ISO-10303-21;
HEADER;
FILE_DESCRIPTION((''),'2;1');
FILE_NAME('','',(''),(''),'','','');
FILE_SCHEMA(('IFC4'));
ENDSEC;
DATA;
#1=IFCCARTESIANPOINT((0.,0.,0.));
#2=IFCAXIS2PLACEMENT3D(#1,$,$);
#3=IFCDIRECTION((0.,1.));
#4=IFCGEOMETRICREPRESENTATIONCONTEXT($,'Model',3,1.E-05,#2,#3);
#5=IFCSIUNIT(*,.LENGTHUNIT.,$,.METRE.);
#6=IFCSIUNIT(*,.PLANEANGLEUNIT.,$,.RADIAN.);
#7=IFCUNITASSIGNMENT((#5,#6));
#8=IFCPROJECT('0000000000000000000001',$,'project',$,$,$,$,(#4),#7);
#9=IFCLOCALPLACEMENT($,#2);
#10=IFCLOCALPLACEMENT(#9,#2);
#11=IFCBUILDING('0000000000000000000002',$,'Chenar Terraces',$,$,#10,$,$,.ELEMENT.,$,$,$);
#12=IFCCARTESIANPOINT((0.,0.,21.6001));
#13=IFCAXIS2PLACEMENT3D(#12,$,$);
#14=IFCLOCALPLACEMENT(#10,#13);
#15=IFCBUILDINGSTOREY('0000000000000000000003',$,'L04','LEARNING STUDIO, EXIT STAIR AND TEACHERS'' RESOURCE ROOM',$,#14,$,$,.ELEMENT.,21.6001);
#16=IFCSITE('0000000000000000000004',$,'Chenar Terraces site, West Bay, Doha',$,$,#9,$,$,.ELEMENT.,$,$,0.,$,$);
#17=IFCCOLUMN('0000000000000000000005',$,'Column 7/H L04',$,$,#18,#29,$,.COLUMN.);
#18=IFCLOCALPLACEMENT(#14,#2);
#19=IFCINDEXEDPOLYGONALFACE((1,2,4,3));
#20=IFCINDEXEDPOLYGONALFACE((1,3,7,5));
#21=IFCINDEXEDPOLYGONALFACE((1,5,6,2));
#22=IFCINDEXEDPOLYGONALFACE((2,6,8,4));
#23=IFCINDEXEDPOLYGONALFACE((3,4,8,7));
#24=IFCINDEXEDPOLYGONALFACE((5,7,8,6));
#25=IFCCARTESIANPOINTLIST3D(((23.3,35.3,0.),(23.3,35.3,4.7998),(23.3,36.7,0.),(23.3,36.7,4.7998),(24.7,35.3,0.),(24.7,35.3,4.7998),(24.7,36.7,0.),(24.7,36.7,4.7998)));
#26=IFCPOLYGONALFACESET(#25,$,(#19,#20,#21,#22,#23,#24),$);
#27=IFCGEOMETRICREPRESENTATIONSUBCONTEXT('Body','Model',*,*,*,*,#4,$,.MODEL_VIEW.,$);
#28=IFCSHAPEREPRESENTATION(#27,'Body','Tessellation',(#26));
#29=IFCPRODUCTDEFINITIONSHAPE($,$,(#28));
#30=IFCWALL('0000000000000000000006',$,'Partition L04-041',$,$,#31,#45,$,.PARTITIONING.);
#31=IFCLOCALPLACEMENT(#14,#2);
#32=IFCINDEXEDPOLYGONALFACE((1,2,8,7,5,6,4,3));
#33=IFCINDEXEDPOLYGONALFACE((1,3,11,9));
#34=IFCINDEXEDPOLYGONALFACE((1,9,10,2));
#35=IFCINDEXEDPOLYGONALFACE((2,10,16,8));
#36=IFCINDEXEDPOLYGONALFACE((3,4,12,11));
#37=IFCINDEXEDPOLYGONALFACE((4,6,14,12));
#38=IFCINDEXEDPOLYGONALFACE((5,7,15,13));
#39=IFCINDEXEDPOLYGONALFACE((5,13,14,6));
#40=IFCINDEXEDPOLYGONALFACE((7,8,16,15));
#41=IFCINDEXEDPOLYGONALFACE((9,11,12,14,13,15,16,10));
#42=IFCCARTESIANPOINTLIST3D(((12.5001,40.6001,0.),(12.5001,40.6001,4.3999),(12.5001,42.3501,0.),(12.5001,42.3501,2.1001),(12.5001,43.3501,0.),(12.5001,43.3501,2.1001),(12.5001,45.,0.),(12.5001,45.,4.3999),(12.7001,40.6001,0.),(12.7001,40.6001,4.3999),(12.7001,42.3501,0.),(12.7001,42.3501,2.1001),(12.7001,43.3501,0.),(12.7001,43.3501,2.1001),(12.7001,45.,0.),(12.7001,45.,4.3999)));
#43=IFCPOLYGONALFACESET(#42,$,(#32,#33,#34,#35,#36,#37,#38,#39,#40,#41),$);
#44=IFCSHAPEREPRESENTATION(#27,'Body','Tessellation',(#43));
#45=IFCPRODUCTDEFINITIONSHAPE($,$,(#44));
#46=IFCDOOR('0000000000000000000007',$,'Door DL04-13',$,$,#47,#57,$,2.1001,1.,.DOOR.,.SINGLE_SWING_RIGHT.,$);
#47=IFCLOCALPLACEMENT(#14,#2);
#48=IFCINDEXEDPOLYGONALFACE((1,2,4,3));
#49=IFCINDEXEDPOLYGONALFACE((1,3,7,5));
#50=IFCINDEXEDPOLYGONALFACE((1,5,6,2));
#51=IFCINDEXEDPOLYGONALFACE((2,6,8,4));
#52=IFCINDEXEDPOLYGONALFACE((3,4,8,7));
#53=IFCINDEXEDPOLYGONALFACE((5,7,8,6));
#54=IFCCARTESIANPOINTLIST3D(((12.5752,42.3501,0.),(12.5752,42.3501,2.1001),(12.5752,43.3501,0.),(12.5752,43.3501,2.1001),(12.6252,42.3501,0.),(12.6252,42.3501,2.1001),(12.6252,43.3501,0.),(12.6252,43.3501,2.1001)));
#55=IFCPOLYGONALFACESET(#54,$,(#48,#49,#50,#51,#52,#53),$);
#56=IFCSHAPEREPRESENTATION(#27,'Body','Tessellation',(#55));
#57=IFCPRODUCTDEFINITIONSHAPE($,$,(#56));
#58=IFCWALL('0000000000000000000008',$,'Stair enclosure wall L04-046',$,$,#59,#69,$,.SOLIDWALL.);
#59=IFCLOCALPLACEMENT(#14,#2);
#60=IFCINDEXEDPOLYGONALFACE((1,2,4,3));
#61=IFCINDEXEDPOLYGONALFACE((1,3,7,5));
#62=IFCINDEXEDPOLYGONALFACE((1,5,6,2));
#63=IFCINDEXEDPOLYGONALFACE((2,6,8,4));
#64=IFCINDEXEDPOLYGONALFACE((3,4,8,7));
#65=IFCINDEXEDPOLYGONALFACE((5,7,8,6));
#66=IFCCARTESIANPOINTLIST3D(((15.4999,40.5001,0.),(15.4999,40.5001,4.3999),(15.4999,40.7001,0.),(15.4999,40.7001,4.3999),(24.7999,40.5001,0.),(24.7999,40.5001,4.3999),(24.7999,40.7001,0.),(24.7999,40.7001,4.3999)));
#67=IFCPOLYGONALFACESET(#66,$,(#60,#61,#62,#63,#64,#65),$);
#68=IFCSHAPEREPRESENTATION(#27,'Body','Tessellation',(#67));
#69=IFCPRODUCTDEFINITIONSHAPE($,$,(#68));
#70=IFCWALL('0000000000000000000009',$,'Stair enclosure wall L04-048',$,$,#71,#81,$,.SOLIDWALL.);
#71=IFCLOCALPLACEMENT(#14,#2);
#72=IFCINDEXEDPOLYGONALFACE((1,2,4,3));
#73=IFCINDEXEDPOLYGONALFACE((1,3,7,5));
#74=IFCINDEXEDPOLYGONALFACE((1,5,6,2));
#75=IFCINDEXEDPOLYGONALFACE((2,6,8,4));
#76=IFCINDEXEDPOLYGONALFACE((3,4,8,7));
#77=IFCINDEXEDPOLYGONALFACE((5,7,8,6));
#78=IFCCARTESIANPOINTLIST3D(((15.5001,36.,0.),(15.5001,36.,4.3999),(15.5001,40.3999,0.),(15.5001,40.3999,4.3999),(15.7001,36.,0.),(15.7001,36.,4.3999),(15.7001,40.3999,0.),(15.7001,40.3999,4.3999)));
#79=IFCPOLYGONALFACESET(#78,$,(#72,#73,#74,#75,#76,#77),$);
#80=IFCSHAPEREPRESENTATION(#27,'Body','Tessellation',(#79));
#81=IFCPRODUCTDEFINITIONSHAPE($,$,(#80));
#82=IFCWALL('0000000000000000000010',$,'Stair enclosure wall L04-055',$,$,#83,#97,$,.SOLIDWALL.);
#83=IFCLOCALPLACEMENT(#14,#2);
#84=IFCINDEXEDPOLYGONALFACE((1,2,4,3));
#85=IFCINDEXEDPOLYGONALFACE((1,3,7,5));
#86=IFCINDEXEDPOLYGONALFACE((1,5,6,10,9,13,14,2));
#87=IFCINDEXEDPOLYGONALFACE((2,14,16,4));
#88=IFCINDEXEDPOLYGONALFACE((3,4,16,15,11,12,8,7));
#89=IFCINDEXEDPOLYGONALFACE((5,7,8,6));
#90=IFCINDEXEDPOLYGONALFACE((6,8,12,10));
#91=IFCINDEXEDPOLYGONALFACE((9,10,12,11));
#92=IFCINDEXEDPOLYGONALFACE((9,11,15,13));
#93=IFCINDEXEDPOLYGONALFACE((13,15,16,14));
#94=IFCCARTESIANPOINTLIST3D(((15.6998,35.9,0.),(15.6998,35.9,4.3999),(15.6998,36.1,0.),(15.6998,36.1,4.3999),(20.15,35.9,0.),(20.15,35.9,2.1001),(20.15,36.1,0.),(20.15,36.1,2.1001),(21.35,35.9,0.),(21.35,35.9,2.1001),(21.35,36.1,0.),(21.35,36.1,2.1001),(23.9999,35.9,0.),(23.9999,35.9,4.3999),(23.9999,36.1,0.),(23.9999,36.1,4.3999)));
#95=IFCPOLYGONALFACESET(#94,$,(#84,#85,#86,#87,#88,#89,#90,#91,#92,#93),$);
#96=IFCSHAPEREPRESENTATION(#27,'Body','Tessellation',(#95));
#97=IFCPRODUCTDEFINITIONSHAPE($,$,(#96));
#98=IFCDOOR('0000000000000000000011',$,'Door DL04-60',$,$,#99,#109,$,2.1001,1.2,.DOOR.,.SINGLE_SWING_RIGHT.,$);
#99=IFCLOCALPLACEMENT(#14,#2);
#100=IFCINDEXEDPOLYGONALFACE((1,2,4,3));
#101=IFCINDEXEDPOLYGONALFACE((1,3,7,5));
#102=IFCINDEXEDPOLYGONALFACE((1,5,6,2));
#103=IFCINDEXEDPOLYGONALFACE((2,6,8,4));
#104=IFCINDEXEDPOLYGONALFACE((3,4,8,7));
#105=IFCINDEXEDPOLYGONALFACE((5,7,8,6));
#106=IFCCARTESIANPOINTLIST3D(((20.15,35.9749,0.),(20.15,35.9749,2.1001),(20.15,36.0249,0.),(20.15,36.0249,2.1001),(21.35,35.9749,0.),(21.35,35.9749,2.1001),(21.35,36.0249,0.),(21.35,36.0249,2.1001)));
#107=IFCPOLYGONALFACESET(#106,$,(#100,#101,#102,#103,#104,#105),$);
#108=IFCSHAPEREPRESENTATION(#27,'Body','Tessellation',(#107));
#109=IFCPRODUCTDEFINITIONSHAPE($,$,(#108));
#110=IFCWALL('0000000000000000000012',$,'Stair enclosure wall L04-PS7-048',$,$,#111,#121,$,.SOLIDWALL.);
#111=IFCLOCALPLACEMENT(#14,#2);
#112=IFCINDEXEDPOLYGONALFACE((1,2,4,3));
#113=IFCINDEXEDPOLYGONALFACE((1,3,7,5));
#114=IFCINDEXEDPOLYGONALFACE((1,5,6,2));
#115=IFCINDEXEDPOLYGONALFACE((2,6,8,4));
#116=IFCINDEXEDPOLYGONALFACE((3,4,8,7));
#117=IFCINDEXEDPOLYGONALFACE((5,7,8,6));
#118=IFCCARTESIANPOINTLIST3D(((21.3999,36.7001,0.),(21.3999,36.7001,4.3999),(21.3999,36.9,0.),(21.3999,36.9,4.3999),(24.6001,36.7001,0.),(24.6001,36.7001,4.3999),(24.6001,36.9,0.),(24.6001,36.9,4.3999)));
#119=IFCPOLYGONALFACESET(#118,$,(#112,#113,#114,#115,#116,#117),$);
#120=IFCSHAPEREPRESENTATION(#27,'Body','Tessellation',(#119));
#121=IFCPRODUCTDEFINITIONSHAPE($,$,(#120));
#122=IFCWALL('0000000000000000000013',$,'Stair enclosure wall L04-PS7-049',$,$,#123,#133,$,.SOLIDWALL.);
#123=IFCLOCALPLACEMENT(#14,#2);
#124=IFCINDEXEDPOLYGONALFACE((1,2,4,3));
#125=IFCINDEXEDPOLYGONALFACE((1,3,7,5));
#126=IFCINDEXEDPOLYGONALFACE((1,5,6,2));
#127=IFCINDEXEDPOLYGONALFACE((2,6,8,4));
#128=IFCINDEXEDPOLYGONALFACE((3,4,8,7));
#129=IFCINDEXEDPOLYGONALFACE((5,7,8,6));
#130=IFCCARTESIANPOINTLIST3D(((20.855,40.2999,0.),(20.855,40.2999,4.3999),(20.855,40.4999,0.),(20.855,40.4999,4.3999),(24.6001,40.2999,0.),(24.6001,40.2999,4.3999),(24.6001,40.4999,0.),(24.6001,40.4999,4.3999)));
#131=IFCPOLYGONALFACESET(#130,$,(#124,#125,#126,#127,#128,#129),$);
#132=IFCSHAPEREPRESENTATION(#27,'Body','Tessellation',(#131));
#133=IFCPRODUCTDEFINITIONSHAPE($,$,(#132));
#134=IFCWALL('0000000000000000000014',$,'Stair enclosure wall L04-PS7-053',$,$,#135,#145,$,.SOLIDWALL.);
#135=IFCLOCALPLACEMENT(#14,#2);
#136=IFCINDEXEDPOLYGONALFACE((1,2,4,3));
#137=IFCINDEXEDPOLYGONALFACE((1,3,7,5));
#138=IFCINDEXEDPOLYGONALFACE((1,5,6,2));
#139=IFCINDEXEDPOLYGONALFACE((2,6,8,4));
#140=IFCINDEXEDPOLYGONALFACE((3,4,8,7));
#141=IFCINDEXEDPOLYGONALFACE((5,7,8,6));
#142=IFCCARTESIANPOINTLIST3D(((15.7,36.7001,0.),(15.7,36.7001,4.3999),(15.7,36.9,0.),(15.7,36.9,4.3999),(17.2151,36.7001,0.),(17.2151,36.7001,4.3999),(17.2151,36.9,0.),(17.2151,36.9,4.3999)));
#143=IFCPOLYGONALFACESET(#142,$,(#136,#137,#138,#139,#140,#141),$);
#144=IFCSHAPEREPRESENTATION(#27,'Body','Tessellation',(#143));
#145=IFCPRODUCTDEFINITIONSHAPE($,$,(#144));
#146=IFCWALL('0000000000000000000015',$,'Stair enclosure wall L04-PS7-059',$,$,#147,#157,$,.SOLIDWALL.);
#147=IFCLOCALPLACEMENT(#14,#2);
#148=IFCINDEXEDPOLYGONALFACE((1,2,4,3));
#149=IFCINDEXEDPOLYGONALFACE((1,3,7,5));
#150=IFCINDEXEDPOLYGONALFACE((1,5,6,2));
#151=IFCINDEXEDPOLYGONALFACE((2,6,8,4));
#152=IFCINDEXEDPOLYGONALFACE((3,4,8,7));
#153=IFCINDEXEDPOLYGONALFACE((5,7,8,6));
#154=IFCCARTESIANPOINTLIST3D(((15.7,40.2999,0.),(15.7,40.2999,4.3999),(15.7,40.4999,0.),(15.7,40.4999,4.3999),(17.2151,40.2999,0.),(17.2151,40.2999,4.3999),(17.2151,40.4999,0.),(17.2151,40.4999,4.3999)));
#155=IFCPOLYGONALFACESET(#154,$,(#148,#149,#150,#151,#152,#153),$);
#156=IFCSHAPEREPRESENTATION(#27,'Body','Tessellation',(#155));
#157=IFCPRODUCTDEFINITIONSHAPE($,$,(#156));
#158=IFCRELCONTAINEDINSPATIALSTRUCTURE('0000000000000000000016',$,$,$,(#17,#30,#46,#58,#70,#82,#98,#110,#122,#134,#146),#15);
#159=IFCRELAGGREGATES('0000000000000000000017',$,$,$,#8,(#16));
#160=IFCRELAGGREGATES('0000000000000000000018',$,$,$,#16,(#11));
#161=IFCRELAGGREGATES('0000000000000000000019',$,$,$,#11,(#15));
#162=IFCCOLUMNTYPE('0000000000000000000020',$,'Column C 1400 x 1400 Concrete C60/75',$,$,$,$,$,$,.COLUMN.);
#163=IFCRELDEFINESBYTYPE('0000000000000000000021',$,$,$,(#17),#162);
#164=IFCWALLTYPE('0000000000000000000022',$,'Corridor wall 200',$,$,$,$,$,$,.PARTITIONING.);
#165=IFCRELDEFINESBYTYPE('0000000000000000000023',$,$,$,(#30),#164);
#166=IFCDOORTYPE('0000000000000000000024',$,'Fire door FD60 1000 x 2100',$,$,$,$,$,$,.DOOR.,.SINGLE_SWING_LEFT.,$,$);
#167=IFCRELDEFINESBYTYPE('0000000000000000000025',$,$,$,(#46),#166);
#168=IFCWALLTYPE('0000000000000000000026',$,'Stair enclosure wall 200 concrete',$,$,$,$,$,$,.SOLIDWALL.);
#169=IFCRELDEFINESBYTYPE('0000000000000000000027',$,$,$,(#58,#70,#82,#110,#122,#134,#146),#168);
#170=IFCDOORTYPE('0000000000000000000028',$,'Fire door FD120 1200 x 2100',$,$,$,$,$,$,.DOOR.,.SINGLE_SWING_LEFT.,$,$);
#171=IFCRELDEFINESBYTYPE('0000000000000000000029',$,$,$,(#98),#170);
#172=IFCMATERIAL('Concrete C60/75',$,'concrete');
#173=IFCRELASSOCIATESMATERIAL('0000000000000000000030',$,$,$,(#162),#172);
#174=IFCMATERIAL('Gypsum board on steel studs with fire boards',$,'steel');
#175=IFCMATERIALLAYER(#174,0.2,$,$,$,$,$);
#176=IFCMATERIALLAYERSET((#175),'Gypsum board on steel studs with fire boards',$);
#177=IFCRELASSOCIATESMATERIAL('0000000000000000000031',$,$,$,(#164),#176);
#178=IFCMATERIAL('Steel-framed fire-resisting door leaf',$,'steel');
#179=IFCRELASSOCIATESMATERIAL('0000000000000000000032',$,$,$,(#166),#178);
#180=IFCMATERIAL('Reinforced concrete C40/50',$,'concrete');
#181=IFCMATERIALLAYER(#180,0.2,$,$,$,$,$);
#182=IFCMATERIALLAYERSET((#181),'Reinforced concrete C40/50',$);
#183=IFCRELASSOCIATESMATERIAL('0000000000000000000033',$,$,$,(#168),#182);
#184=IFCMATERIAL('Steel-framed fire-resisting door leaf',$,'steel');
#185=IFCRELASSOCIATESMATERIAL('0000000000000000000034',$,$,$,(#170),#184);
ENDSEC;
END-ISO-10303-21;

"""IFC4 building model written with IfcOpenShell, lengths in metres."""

from ifc_helpers import new_model, si_unit, direction, frame, frame_2d, origin, origin_2d, place, context, subcontext, project, spatial, rectangle, extrude, material, layer, layer_set, material_profile, profile_set, type_object, element, fill, save


model = new_model("IFC4")

# Units and contexts
model_context = context("Model", 3, precision=1e-05, world=origin(), true_north=direction((0.0, 1.0)))
body_context = subcontext(model_context, "Body", "Model", "MODEL_VIEW")
ifc_project = project(units=[si_unit("LENGTHUNIT", "METRE"), si_unit("PLANEANGLEUNIT", "RADIAN")], contexts=[model_context])

# Site, building, storey
site_placement = place(None, origin())
site = spatial("IfcSite", under=ifc_project, at=site_placement, Name="Chenar Terraces site, West Bay, Doha", CompositionType="ELEMENT", RefElevation=0.0)
building_placement = place(site_placement, origin())
building = spatial("IfcBuilding", under=site, at=building_placement, Name="Chenar Terraces", CompositionType="ELEMENT")
storey_placement = place(building_placement, frame((0.0, 0.0, 21.6001)))
storey = spatial("IfcBuildingStorey", under=building, at=storey_placement, Name="L04", Description="LEARNING STUDIO, EXIT STAIR AND TEACHERS' RESOURCE ROOM", CompositionType="ELEMENT", Elevation=21.6001)

# Column
ifc_material_1 = material(Name="Concrete C60/75", Category="concrete")
ifc_material_profile = material_profile(ifc_material_1, rectangle(XDim=1.3999, YDim=1.3999, at=origin_2d()), Name="C 1400 x 1400")
ifc_profile_set = profile_set([ifc_material_profile], Name="Concrete C60/75")
column_type = type_object("IfcColumnType", Name="Column C 1400 x 1400 Concrete C60/75", PredefinedType="COLUMN", material=ifc_profile_set)
column_placement = place(storey_placement, frame((24.0, 36.0, 0.0), z_axis=(0.0, 0.0, 1.0), x_axis=(1.0, 0.0, 0.0)))
element("IfcColumn", 1, at=column_placement, inside=storey, type_object=column_type, Name="Column 7/H L04", PredefinedType="COLUMN", context=body_context, shape_type="SweptSolid", body=[
    extrude(rectangle(XDim=1.3999, YDim=1.3999, at=origin_2d()), origin(), (0.0, 0.0, 1.0), 4.7998),
])

# Wall, opening, door
ifc_material_2 = material(Name="Gypsum board on steel studs with fire boards", Category="steel")
ifc_layer_1 = layer(ifc_material_2, 0.2)
ifc_layer_set_1 = layer_set([ifc_layer_1], Name="Gypsum board on steel studs with fire boards")
wall_type_1 = type_object("IfcWallType", Name="Corridor wall 200", PredefinedType="PARTITIONING", material=ifc_layer_set_1)
wall_1_placement = place(storey_placement, frame((12.6001, 40.6001, 0.0), z_axis=(0.0, 0.0, 1.0), x_axis=(0.0, 1.0, 0.0)))
wall_1 = element("IfcWall", 2, at=wall_1_placement, inside=storey, type_object=wall_type_1, Name="Partition L04-041", PredefinedType="PARTITIONING", context=body_context, shape_type="SweptSolid", body=[
    extrude(rectangle(XDim=4.3999, YDim=0.2, at=frame_2d((2.2, 0.0))), origin(), (0.0, 0.0, 1.0), 4.3999),
])
opening_1_placement = place(wall_1_placement, frame((1.75, 0.0, 0.0)))
opening_1 = element("IfcOpeningElement", 3, at=opening_1_placement, cuts=wall_1, PredefinedType="OPENING", context=body_context, shape_type="SweptSolid", body=[
    extrude(rectangle(XDim=1.0, YDim=2.1001, at=frame_2d((0.5, 1.05))), frame((0.0, 0.1099, 0.0), z_axis=(0.0, -1.0, 0.0), x_axis=(1.0, 0.0, 0.0)), (0.0, 0.0, 1.0), 0.22),
])
ifc_material_3 = material(Name="Steel-framed fire-resisting door leaf", Category="steel")
door_type_1 = type_object("IfcDoorType", Name="Fire door FD60 1000 x 2100", OperationType="SINGLE_SWING_LEFT", PredefinedType="DOOR", material=ifc_material_3)
door_1_placement = place(opening_1_placement, origin())
door_1 = element("IfcDoor", 4, at=door_1_placement, inside=storey, type_object=door_type_1, Name="Door DL04-13", OperationType="SINGLE_SWING_RIGHT", OverallHeight=2.1001, OverallWidth=1.0, PredefinedType="DOOR", context=body_context, shape_type="SweptSolid", body=[
    extrude(rectangle(XDim=1.0, YDim=2.1001, at=frame_2d((0.5, 1.05))), frame((0.0, 0.0249, 0.0), z_axis=(0.0, -1.0, 0.0), x_axis=(1.0, 0.0, 0.0)), (0.0, 0.0, 1.0), 0.05),
])
fill(opening_1, door_1)

# Walls
ifc_material_4 = material(Name="Reinforced concrete C40/50", Category="concrete")
ifc_layer_2 = layer(ifc_material_4, 0.2)
ifc_layer_set_2 = layer_set([ifc_layer_2], Name="Reinforced concrete C40/50")
wall_type_2 = type_object("IfcWallType", Name="Stair enclosure wall 200 concrete", PredefinedType="SOLIDWALL", material=ifc_layer_set_2)
wall_2_placement = place(storey_placement, frame((15.5, 40.6001, 0.0), z_axis=(0.0, 0.0, 1.0), x_axis=(1.0, 0.0, 0.0)))
element("IfcWall", 5, at=wall_2_placement, inside=storey, type_object=wall_type_2, Name="Stair enclosure wall L04-046", PredefinedType="SOLIDWALL", context=body_context, shape_type="SweptSolid", body=[
    extrude(rectangle(XDim=9.3, YDim=0.2, at=frame_2d((4.6499, 0.0))), origin(), (0.0, 0.0, 1.0), 4.3999),
])
wall_3_placement = place(storey_placement, frame((15.6001, 36.0, 0.0), z_axis=(0.0, 0.0, 1.0), x_axis=(0.0, 1.0, 0.0)))
element("IfcWall", 6, at=wall_3_placement, inside=storey, type_object=wall_type_2, Name="Stair enclosure wall L04-048", PredefinedType="SOLIDWALL", context=body_context, shape_type="SweptSolid", body=[
    extrude(rectangle(XDim=4.3999, YDim=0.2, at=frame_2d((2.2, 0.0))), origin(), (0.0, 0.0, 1.0), 4.3999),
])

# Wall, opening, door
wall_4_placement = place(storey_placement, frame((15.7, 36.0, 0.0), z_axis=(0.0, 0.0, 1.0), x_axis=(1.0, 0.0, 0.0)))
wall_4 = element("IfcWall", 7, at=wall_4_placement, inside=storey, type_object=wall_type_2, Name="Stair enclosure wall L04-055", PredefinedType="SOLIDWALL", context=body_context, shape_type="SweptSolid", body=[
    extrude(rectangle(XDim=8.3, YDim=0.2, at=frame_2d((4.1499, 0.0))), origin(), (0.0, 0.0, 1.0), 4.3999),
])
opening_2_placement = place(wall_4_placement, frame((4.45, 0.0, 0.0)))
opening_2 = element("IfcOpeningElement", 8, at=opening_2_placement, cuts=wall_4, PredefinedType="OPENING", context=body_context, shape_type="SweptSolid", body=[
    extrude(rectangle(XDim=1.2, YDim=2.1001, at=frame_2d((0.6001, 1.05))), frame((0.0, 0.1099, 0.0), z_axis=(0.0, -1.0, 0.0), x_axis=(1.0, 0.0, 0.0)), (0.0, 0.0, 1.0), 0.22),
])
ifc_material_5 = material(Name="Steel-framed fire-resisting door leaf", Category="steel")
door_type_2 = type_object("IfcDoorType", Name="Fire door FD120 1200 x 2100", OperationType="SINGLE_SWING_LEFT", PredefinedType="DOOR", material=ifc_material_5)
door_2_placement = place(opening_2_placement, origin())
door_2 = element("IfcDoor", 9, at=door_2_placement, inside=storey, type_object=door_type_2, Name="Door DL04-60", OperationType="SINGLE_SWING_RIGHT", OverallHeight=2.1001, OverallWidth=1.2, PredefinedType="DOOR", context=body_context, shape_type="SweptSolid", body=[
    extrude(rectangle(XDim=1.2, YDim=2.1001, at=frame_2d((0.6001, 1.05))), frame((0.0, 0.0249, 0.0), z_axis=(0.0, -1.0, 0.0), x_axis=(1.0, 0.0, 0.0)), (0.0, 0.0, 1.0), 0.05),
])
fill(opening_2, door_2)

# Walls
wall_5_placement = place(storey_placement, frame((21.3999, 36.8, 0.0), z_axis=(0.0, 0.0, 1.0), x_axis=(1.0, 0.0, 0.0)))
element("IfcWall", 10, at=wall_5_placement, inside=storey, type_object=wall_type_2, Name="Stair enclosure wall L04-PS7-048", PredefinedType="SOLIDWALL", context=body_context, shape_type="SweptSolid", body=[
    extrude(rectangle(XDim=3.2002, YDim=0.2, at=frame_2d((1.6001, 0.0))), origin(), (0.0, 0.0, 1.0), 4.3999),
])
wall_6_placement = place(storey_placement, frame((20.855, 40.3999, 0.0), z_axis=(0.0, 0.0, 1.0), x_axis=(1.0, 0.0, 0.0)))
element("IfcWall", 11, at=wall_6_placement, inside=storey, type_object=wall_type_2, Name="Stair enclosure wall L04-PS7-049", PredefinedType="SOLIDWALL", context=body_context, shape_type="SweptSolid", body=[
    extrude(rectangle(XDim=3.7451, YDim=0.2, at=frame_2d((1.8726, 0.0))), origin(), (0.0, 0.0, 1.0), 4.3999),
])
for number, where, z_axis, x_axis, name in (
    (12, (15.7, 36.8, 0.0), (0.0, 0.0, 1.0), (1.0, 0.0, 0.0), "Stair enclosure wall L04-PS7-053"),
    (13, (15.7, 40.3999, 0.0), (0.0, 0.0, 1.0), (1.0, 0.0, 0.0), "Stair enclosure wall L04-PS7-059"),
):
    element("IfcWall", number, at=place(storey_placement, frame(where, z_axis=z_axis, x_axis=x_axis)), inside=storey, type_object=wall_type_2, Name=name, PredefinedType="SOLIDWALL", context=body_context, shape_type="SweptSolid", body=[
        extrude(rectangle(XDim=1.5151, YDim=0.2, at=frame_2d((0.7576, 0.0))), origin(), (0.0, 0.0, 1.0), 4.3999),
    ])

save(model, "model.ifc")
